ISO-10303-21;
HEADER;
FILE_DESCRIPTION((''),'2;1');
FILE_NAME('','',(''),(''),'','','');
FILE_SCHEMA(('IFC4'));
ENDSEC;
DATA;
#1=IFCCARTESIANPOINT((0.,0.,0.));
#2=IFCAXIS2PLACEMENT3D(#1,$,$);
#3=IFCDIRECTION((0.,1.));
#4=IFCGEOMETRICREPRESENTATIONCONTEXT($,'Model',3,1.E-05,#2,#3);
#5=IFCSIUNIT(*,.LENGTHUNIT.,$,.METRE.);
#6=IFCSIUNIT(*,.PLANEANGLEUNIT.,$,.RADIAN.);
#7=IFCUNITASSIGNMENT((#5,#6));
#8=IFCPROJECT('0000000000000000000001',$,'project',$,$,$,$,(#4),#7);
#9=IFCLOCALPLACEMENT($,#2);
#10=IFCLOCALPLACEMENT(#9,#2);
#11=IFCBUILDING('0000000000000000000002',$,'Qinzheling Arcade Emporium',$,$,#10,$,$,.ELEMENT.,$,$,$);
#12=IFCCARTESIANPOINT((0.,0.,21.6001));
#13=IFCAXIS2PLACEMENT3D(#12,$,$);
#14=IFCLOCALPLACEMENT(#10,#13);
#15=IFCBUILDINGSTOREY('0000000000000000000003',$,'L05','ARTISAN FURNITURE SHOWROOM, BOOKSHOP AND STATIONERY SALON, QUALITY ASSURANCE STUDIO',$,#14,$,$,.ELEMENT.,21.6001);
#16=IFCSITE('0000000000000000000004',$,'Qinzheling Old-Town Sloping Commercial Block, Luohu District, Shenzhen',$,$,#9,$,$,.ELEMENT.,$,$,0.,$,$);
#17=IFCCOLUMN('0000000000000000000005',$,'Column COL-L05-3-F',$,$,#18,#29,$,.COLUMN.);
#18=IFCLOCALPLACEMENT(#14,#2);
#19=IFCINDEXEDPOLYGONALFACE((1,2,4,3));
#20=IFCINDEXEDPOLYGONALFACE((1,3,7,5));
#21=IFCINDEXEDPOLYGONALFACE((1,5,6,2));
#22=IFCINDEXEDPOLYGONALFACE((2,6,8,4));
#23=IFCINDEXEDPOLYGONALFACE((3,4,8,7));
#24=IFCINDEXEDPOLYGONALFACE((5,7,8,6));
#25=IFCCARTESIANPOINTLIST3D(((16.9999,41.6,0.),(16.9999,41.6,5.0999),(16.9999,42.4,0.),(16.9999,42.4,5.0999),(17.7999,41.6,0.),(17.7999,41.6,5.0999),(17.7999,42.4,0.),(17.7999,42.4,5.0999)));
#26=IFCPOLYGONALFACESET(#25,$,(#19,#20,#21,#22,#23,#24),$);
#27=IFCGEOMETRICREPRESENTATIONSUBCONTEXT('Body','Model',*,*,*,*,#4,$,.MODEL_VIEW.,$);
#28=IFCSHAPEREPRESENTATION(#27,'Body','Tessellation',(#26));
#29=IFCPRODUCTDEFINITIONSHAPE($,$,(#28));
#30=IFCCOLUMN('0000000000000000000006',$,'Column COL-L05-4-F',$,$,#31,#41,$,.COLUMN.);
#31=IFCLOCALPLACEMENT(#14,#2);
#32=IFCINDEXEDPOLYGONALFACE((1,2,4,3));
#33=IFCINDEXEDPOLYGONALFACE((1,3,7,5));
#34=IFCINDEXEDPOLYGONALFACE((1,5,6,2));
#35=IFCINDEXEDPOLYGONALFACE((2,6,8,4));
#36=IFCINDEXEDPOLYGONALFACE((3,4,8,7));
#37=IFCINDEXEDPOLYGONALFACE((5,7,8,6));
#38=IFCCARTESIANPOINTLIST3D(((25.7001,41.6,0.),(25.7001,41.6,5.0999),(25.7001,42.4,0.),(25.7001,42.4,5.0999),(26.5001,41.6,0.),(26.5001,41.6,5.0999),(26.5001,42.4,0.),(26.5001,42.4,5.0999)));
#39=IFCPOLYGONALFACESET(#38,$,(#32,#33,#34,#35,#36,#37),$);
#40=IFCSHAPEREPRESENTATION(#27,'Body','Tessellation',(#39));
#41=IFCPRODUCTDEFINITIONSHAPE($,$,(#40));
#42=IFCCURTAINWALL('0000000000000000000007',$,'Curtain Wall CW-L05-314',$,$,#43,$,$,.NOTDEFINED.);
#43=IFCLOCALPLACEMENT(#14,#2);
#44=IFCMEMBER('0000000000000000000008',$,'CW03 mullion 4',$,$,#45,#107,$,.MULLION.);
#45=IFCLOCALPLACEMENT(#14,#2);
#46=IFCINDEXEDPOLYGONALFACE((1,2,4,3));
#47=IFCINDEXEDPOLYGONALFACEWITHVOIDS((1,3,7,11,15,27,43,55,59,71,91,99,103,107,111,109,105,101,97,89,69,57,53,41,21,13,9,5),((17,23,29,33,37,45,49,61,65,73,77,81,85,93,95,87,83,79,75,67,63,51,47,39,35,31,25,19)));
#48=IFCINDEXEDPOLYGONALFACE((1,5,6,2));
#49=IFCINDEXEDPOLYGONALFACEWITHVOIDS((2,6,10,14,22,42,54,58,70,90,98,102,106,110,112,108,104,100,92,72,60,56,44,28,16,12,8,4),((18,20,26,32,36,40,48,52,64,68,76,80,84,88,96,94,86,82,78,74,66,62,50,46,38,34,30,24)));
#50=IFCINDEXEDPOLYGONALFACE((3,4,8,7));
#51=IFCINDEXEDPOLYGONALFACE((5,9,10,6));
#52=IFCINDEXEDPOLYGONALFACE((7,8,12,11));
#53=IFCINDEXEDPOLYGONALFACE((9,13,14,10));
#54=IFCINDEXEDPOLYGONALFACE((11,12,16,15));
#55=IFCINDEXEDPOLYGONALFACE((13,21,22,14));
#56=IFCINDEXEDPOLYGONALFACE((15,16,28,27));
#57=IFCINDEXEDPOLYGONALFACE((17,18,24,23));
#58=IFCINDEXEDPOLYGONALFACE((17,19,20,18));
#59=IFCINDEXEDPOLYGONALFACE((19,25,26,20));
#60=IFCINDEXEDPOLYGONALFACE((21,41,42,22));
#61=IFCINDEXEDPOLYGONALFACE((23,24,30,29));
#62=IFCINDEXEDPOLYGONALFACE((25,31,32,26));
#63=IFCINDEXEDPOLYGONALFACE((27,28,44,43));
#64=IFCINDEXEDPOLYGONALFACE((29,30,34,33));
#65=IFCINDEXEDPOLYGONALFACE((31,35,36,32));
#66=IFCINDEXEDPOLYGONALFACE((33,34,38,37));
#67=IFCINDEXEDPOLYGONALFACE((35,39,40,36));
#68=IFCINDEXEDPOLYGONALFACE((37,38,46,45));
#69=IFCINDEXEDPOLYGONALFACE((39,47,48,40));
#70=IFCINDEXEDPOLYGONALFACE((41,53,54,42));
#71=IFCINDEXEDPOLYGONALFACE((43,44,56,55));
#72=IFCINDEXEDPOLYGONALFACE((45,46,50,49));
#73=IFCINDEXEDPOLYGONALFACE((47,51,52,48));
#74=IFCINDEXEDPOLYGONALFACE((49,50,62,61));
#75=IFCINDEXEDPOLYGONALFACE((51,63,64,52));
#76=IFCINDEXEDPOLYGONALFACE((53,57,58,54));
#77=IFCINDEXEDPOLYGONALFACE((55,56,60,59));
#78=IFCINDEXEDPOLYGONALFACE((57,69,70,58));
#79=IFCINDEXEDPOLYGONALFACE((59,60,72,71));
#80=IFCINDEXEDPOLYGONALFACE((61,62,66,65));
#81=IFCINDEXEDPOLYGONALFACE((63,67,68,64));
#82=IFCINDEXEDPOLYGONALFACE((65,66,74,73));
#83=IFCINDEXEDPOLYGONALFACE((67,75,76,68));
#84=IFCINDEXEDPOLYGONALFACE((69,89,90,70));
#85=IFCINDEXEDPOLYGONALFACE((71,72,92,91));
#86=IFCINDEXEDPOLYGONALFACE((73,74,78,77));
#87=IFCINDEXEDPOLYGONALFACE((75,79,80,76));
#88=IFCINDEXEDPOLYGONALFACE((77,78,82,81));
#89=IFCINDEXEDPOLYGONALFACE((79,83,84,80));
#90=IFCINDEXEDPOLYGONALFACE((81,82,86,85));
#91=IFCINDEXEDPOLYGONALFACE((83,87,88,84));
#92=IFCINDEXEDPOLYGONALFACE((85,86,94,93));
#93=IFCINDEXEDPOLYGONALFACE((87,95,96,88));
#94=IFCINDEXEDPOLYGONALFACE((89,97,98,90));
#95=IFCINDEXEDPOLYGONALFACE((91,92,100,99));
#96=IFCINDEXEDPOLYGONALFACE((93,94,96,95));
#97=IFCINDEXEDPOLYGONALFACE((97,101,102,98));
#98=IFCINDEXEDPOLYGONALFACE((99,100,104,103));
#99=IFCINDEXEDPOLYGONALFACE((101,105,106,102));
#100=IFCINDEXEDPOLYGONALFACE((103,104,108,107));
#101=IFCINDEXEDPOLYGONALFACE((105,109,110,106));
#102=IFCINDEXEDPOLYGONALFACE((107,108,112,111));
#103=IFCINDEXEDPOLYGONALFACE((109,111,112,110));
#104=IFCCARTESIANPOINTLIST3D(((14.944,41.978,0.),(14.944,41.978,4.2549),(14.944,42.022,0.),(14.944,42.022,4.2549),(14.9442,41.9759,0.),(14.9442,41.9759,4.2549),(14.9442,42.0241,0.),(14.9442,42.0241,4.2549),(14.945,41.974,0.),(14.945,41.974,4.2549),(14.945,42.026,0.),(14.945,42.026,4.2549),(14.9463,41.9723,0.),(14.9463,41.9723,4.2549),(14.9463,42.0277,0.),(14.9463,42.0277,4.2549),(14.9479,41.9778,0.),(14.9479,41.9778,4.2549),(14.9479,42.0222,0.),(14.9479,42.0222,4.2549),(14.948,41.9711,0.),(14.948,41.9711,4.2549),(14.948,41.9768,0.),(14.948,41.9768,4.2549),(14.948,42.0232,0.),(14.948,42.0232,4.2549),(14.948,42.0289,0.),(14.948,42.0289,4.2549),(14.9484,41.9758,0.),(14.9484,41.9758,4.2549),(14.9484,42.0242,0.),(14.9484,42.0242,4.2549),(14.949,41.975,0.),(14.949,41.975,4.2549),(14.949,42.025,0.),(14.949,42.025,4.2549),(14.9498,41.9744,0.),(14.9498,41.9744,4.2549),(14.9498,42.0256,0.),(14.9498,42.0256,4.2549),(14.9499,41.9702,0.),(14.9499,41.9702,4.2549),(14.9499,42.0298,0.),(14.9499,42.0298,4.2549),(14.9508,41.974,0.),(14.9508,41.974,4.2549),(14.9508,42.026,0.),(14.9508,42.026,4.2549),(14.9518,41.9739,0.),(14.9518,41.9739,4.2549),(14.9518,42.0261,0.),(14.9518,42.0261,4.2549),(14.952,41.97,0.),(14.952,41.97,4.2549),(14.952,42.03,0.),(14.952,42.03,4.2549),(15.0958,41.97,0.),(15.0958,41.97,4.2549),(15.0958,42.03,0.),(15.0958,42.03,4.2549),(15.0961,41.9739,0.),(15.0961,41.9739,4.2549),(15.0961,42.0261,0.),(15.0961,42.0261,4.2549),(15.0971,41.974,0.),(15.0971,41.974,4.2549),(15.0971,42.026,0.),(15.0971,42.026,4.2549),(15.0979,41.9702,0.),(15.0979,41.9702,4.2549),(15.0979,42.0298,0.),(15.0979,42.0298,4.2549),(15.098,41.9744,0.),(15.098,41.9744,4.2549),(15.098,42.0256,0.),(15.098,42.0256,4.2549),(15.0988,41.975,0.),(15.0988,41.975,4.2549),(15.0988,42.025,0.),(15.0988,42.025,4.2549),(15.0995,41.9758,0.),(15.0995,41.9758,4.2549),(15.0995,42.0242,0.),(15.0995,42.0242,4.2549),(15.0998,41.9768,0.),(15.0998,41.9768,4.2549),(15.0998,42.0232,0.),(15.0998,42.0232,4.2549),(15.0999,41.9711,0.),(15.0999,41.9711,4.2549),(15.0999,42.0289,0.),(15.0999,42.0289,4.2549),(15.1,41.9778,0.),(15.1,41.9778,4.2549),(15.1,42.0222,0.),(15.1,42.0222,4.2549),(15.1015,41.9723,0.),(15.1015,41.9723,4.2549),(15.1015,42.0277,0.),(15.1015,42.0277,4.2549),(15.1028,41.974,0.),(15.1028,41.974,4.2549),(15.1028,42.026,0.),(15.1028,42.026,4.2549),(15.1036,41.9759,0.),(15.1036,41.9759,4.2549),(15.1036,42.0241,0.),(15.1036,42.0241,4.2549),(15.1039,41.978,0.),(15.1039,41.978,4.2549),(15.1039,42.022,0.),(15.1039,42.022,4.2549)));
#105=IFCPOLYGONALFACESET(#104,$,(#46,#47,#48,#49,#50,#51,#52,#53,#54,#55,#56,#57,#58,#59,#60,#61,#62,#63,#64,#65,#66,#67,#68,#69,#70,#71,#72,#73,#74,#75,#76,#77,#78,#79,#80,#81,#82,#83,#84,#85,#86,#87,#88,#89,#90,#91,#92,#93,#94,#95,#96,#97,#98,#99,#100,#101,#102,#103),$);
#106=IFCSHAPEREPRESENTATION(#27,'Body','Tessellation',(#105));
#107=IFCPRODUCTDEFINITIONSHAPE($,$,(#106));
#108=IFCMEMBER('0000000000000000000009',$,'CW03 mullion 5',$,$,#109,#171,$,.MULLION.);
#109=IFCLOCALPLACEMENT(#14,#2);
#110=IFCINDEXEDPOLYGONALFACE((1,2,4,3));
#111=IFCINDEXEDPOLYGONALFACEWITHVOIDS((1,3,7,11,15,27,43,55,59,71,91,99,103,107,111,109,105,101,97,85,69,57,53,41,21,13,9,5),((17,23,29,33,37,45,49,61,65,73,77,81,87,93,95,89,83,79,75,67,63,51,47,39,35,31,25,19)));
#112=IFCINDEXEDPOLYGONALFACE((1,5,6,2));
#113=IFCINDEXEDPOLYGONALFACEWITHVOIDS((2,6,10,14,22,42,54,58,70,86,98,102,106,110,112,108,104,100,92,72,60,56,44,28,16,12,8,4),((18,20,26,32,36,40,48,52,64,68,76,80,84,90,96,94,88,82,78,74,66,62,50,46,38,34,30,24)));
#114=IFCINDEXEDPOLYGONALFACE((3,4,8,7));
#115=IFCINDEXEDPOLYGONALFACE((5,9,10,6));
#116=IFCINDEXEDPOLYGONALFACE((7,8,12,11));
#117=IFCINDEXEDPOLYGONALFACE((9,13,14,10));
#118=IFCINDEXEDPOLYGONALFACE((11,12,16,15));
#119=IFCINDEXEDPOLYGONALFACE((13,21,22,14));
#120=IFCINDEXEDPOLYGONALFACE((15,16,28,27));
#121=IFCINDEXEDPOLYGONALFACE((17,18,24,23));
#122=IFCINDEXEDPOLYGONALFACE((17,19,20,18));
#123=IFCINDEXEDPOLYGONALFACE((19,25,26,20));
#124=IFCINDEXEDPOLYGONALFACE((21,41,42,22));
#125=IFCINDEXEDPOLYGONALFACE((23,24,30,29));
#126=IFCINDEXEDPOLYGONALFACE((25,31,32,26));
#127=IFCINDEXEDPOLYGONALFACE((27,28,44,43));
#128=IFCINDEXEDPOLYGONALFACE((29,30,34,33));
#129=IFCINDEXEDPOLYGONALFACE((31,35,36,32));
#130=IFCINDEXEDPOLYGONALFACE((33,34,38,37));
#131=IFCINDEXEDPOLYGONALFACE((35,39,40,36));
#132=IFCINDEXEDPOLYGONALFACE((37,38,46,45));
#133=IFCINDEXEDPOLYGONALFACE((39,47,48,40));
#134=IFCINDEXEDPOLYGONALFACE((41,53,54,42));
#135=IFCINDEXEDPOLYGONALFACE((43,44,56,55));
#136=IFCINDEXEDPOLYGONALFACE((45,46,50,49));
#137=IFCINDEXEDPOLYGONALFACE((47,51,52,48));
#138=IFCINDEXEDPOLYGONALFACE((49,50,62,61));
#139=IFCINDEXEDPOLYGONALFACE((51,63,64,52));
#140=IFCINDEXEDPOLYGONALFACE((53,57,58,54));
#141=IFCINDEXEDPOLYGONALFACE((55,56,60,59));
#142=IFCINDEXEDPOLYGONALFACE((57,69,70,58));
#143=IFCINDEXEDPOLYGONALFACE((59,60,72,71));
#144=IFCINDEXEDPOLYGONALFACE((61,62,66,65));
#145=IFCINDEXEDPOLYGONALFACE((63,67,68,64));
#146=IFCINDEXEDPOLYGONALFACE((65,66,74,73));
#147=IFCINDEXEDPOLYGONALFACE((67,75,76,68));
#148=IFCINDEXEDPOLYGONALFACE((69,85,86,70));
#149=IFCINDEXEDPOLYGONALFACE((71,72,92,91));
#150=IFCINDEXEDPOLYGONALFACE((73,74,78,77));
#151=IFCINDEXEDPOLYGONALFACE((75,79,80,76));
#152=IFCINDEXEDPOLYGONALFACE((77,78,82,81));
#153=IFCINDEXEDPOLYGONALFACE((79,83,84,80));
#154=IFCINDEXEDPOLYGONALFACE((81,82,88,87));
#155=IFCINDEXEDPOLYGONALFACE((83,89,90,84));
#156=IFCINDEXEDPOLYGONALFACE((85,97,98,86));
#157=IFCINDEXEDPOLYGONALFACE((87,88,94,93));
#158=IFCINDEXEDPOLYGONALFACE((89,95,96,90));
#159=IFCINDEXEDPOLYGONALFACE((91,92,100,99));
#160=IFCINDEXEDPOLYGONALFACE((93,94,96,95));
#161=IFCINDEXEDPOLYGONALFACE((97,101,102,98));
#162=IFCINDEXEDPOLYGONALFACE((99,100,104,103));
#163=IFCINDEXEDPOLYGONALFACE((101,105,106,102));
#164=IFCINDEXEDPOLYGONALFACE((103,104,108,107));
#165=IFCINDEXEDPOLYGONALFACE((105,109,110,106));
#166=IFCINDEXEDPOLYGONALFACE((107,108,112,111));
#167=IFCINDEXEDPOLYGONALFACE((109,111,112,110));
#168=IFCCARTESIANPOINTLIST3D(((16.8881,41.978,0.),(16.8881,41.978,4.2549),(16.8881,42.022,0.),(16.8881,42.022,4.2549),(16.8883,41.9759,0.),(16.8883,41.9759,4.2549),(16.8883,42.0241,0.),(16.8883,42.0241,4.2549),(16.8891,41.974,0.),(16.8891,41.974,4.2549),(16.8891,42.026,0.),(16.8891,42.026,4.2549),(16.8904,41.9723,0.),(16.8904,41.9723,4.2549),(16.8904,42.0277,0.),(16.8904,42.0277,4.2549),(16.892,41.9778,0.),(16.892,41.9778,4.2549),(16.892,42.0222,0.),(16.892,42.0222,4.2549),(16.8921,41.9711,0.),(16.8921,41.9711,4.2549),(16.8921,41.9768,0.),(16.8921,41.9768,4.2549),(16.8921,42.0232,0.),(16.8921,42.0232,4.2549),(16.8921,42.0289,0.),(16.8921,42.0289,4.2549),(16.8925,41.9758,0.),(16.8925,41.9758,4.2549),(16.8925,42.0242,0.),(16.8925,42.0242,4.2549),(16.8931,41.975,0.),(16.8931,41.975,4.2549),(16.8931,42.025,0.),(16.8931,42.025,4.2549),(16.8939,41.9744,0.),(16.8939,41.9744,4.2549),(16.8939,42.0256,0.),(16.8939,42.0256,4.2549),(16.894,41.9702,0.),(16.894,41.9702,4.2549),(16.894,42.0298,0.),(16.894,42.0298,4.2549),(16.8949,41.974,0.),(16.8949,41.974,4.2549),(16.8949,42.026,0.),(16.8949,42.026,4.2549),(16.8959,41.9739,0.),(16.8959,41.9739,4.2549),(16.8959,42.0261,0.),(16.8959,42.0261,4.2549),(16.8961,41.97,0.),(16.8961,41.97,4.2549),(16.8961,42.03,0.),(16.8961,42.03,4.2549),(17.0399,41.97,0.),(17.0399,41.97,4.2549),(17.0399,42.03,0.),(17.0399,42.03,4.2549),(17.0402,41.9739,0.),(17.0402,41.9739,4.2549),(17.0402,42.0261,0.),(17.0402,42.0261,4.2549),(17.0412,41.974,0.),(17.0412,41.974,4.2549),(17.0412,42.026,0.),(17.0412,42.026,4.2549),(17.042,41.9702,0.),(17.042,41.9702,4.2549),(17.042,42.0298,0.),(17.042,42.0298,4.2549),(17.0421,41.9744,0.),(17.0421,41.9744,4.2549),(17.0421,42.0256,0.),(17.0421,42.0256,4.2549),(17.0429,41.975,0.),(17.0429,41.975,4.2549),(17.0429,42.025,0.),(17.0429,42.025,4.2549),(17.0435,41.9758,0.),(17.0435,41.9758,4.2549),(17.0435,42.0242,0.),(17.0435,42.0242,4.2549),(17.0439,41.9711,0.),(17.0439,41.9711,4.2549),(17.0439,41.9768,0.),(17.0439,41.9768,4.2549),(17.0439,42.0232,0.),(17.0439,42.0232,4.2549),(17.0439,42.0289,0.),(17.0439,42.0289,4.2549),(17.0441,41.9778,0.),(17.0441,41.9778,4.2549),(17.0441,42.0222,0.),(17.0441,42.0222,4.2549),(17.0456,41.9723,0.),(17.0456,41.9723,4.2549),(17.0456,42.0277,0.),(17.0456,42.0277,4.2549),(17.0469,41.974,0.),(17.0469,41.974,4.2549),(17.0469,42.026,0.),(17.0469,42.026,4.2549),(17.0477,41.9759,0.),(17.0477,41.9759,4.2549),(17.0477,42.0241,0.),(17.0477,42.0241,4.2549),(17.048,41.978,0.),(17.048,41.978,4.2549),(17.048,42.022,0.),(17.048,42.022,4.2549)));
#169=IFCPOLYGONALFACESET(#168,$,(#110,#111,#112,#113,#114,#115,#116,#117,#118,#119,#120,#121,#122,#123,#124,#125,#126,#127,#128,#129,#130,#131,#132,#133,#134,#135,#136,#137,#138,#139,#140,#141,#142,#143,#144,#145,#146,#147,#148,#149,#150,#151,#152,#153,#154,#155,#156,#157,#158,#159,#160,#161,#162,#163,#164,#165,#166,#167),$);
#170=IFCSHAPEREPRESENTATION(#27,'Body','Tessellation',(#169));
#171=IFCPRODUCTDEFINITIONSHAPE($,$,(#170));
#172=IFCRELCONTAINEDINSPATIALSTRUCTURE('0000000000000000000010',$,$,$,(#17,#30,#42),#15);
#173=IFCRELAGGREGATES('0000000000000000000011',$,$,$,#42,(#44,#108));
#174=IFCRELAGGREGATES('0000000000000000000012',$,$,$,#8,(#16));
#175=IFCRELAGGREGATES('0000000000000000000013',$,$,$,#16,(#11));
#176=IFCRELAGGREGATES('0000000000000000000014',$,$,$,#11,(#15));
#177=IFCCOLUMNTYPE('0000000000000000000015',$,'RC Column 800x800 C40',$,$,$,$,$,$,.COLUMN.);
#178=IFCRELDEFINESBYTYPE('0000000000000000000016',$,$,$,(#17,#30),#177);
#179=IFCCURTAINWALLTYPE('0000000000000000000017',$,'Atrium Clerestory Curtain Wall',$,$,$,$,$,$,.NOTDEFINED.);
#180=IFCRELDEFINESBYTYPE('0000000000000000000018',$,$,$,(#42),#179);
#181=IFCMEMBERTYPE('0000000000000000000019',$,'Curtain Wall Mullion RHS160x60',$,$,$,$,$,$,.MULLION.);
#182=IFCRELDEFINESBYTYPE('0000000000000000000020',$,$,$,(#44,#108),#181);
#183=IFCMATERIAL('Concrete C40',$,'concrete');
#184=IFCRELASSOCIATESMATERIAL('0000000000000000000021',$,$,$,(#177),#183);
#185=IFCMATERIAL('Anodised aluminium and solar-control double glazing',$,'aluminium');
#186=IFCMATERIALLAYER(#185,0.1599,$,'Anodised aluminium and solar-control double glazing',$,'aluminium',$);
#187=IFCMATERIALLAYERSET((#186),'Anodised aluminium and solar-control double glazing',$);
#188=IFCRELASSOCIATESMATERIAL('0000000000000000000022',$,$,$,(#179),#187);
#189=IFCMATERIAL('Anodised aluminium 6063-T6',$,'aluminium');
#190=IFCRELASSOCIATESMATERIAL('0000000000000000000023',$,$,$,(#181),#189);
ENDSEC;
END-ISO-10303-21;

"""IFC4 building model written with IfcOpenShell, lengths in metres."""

from ifc_helpers import new_model, si_unit, direction, frame, origin, origin_2d, place, context, subcontext, project, spatial, rectangle, hollow_rectangle, extrude, material, layer, layer_set, material_profile, profile_set, type_object, element, aggregate, save


model = new_model("IFC4")

# Units and contexts
model_context = context("Model", 3, precision=1e-05, world=origin(), true_north=direction((0.0, 1.0)))
body_context = subcontext(model_context, "Body", "Model", "MODEL_VIEW")
ifc_project = project(units=[si_unit("LENGTHUNIT", "METRE"), si_unit("PLANEANGLEUNIT", "RADIAN")], contexts=[model_context])

# Site, building, storey
site_placement = place(None, origin())
site = spatial("IfcSite", under=ifc_project, at=site_placement, Name="Qinzheling Old-Town Sloping Commercial Block, Luohu District, Shenzhen", CompositionType="ELEMENT", RefElevation=0.0)
building_placement = place(site_placement, origin())
building = spatial("IfcBuilding", under=site, at=building_placement, Name="Qinzheling Arcade Emporium", CompositionType="ELEMENT")
storey_placement = place(building_placement, frame((0.0, 0.0, 21.6001)))
storey = spatial("IfcBuildingStorey", under=building, at=storey_placement, Name="L05", Description="ARTISAN FURNITURE SHOWROOM, BOOKSHOP AND STATIONERY SALON, QUALITY ASSURANCE STUDIO", CompositionType="ELEMENT", Elevation=21.6001)

# Columns
ifc_material_1 = material(Name="Concrete C40", Category="concrete")
ifc_material_profile_1 = material_profile(ifc_material_1, rectangle(XDim=0.8, YDim=0.8, at=origin_2d()), Name="RC 800x800", Category="concrete")
ifc_profile_set_1 = profile_set([ifc_material_profile_1], Name="Concrete C40")
column_type = type_object("IfcColumnType", Name="RC Column 800x800 C40", PredefinedType="COLUMN", material=ifc_profile_set_1)
for number, where, z_axis, x_axis, name in (
    (1, (17.3999, 42.0, 0.0), (0.0, 0.0, 1.0), (1.0, 0.0, 0.0), "Column COL-L05-3-F"),
    (2, (26.1001, 42.0, 0.0), (0.0, 0.0, 1.0), (1.0, 0.0, 0.0), "Column COL-L05-4-F"),
):
    element("IfcColumn", number, at=place(storey_placement, frame(where, z_axis=z_axis, x_axis=x_axis)), inside=storey, type_object=column_type, Name=name, PredefinedType="COLUMN", context=body_context, shape_type="SweptSolid", body=[
        extrude(rectangle(XDim=0.8, YDim=0.8, at=origin_2d()), origin(), (0.0, 0.0, 1.0), 5.0999),
    ])

# Curtain wall, members
ifc_material_2 = material(Name="Anodised aluminium and solar-control double glazing", Category="aluminium")
ifc_layer_1 = layer(ifc_material_2, 0.1599, Name="Anodised aluminium and solar-control double glazing", Category="aluminium")
ifc_layer_set_1 = layer_set([ifc_layer_1], Name="Anodised aluminium and solar-control double glazing")
curtain_wall_type = type_object("IfcCurtainWallType", Name="Atrium Clerestory Curtain Wall", PredefinedType="NOTDEFINED", material=ifc_layer_set_1)
curtain_wall_1_placement = place(storey_placement, origin())
curtain_wall_1 = element("IfcCurtainWall", 3, at=curtain_wall_1_placement, inside=storey, type_object=curtain_wall_type, Name="Curtain Wall CW-L05-314", PredefinedType="NOTDEFINED")
ifc_material_3 = material(Name="Anodised aluminium 6063-T6", Category="aluminium")
ifc_material_profile_2 = material_profile(ifc_material_3, hollow_rectangle(XDim=0.0601, YDim=0.1599, WallThickness=0.0039, InnerFilletRadius=0.0039, OuterFilletRadius=0.0081, at=origin_2d()), Name="RHS 160x60x4", Category="aluminium")
ifc_profile_set_2 = profile_set([ifc_material_profile_2], Name="Anodised aluminium 6063-T6")
member_type_1 = type_object("IfcMemberType", Name="Curtain Wall Mullion RHS160x60", PredefinedType="MULLION", material=ifc_profile_set_2)
member_1_placement = place(storey_placement, frame((15.0239, 42.0, 0.0), z_axis=(0.0, 0.0, 1.0), x_axis=(0.0, 1.0, 0.0)))
member_1 = element("IfcMember", 4, at=member_1_placement, type_object=member_type_1, Name="CW03 mullion 4", PredefinedType="MULLION", context=body_context, shape_type="SweptSolid", body=[
    extrude(hollow_rectangle(XDim=0.0601, YDim=0.1599, WallThickness=0.0039, InnerFilletRadius=0.0039, OuterFilletRadius=0.0081, at=origin_2d()), origin(), (0.0, 0.0, 1.0), 4.2549),
])
member_2_placement = place(storey_placement, frame((16.968, 42.0, 0.0), z_axis=(0.0, 0.0, 1.0), x_axis=(0.0, 1.0, 0.0)))
member_2 = element("IfcMember", 5, at=member_2_placement, type_object=member_type_1, Name="CW03 mullion 5", PredefinedType="MULLION", context=body_context, shape_type="SweptSolid", body=[
    extrude(hollow_rectangle(XDim=0.0601, YDim=0.1599, WallThickness=0.0039, InnerFilletRadius=0.0039, OuterFilletRadius=0.0081, at=origin_2d()), origin(), (0.0, 0.0, 1.0), 4.2549),
])

aggregate(curtain_wall_1, [member_1, member_2])

save(model, "model.ifc")
